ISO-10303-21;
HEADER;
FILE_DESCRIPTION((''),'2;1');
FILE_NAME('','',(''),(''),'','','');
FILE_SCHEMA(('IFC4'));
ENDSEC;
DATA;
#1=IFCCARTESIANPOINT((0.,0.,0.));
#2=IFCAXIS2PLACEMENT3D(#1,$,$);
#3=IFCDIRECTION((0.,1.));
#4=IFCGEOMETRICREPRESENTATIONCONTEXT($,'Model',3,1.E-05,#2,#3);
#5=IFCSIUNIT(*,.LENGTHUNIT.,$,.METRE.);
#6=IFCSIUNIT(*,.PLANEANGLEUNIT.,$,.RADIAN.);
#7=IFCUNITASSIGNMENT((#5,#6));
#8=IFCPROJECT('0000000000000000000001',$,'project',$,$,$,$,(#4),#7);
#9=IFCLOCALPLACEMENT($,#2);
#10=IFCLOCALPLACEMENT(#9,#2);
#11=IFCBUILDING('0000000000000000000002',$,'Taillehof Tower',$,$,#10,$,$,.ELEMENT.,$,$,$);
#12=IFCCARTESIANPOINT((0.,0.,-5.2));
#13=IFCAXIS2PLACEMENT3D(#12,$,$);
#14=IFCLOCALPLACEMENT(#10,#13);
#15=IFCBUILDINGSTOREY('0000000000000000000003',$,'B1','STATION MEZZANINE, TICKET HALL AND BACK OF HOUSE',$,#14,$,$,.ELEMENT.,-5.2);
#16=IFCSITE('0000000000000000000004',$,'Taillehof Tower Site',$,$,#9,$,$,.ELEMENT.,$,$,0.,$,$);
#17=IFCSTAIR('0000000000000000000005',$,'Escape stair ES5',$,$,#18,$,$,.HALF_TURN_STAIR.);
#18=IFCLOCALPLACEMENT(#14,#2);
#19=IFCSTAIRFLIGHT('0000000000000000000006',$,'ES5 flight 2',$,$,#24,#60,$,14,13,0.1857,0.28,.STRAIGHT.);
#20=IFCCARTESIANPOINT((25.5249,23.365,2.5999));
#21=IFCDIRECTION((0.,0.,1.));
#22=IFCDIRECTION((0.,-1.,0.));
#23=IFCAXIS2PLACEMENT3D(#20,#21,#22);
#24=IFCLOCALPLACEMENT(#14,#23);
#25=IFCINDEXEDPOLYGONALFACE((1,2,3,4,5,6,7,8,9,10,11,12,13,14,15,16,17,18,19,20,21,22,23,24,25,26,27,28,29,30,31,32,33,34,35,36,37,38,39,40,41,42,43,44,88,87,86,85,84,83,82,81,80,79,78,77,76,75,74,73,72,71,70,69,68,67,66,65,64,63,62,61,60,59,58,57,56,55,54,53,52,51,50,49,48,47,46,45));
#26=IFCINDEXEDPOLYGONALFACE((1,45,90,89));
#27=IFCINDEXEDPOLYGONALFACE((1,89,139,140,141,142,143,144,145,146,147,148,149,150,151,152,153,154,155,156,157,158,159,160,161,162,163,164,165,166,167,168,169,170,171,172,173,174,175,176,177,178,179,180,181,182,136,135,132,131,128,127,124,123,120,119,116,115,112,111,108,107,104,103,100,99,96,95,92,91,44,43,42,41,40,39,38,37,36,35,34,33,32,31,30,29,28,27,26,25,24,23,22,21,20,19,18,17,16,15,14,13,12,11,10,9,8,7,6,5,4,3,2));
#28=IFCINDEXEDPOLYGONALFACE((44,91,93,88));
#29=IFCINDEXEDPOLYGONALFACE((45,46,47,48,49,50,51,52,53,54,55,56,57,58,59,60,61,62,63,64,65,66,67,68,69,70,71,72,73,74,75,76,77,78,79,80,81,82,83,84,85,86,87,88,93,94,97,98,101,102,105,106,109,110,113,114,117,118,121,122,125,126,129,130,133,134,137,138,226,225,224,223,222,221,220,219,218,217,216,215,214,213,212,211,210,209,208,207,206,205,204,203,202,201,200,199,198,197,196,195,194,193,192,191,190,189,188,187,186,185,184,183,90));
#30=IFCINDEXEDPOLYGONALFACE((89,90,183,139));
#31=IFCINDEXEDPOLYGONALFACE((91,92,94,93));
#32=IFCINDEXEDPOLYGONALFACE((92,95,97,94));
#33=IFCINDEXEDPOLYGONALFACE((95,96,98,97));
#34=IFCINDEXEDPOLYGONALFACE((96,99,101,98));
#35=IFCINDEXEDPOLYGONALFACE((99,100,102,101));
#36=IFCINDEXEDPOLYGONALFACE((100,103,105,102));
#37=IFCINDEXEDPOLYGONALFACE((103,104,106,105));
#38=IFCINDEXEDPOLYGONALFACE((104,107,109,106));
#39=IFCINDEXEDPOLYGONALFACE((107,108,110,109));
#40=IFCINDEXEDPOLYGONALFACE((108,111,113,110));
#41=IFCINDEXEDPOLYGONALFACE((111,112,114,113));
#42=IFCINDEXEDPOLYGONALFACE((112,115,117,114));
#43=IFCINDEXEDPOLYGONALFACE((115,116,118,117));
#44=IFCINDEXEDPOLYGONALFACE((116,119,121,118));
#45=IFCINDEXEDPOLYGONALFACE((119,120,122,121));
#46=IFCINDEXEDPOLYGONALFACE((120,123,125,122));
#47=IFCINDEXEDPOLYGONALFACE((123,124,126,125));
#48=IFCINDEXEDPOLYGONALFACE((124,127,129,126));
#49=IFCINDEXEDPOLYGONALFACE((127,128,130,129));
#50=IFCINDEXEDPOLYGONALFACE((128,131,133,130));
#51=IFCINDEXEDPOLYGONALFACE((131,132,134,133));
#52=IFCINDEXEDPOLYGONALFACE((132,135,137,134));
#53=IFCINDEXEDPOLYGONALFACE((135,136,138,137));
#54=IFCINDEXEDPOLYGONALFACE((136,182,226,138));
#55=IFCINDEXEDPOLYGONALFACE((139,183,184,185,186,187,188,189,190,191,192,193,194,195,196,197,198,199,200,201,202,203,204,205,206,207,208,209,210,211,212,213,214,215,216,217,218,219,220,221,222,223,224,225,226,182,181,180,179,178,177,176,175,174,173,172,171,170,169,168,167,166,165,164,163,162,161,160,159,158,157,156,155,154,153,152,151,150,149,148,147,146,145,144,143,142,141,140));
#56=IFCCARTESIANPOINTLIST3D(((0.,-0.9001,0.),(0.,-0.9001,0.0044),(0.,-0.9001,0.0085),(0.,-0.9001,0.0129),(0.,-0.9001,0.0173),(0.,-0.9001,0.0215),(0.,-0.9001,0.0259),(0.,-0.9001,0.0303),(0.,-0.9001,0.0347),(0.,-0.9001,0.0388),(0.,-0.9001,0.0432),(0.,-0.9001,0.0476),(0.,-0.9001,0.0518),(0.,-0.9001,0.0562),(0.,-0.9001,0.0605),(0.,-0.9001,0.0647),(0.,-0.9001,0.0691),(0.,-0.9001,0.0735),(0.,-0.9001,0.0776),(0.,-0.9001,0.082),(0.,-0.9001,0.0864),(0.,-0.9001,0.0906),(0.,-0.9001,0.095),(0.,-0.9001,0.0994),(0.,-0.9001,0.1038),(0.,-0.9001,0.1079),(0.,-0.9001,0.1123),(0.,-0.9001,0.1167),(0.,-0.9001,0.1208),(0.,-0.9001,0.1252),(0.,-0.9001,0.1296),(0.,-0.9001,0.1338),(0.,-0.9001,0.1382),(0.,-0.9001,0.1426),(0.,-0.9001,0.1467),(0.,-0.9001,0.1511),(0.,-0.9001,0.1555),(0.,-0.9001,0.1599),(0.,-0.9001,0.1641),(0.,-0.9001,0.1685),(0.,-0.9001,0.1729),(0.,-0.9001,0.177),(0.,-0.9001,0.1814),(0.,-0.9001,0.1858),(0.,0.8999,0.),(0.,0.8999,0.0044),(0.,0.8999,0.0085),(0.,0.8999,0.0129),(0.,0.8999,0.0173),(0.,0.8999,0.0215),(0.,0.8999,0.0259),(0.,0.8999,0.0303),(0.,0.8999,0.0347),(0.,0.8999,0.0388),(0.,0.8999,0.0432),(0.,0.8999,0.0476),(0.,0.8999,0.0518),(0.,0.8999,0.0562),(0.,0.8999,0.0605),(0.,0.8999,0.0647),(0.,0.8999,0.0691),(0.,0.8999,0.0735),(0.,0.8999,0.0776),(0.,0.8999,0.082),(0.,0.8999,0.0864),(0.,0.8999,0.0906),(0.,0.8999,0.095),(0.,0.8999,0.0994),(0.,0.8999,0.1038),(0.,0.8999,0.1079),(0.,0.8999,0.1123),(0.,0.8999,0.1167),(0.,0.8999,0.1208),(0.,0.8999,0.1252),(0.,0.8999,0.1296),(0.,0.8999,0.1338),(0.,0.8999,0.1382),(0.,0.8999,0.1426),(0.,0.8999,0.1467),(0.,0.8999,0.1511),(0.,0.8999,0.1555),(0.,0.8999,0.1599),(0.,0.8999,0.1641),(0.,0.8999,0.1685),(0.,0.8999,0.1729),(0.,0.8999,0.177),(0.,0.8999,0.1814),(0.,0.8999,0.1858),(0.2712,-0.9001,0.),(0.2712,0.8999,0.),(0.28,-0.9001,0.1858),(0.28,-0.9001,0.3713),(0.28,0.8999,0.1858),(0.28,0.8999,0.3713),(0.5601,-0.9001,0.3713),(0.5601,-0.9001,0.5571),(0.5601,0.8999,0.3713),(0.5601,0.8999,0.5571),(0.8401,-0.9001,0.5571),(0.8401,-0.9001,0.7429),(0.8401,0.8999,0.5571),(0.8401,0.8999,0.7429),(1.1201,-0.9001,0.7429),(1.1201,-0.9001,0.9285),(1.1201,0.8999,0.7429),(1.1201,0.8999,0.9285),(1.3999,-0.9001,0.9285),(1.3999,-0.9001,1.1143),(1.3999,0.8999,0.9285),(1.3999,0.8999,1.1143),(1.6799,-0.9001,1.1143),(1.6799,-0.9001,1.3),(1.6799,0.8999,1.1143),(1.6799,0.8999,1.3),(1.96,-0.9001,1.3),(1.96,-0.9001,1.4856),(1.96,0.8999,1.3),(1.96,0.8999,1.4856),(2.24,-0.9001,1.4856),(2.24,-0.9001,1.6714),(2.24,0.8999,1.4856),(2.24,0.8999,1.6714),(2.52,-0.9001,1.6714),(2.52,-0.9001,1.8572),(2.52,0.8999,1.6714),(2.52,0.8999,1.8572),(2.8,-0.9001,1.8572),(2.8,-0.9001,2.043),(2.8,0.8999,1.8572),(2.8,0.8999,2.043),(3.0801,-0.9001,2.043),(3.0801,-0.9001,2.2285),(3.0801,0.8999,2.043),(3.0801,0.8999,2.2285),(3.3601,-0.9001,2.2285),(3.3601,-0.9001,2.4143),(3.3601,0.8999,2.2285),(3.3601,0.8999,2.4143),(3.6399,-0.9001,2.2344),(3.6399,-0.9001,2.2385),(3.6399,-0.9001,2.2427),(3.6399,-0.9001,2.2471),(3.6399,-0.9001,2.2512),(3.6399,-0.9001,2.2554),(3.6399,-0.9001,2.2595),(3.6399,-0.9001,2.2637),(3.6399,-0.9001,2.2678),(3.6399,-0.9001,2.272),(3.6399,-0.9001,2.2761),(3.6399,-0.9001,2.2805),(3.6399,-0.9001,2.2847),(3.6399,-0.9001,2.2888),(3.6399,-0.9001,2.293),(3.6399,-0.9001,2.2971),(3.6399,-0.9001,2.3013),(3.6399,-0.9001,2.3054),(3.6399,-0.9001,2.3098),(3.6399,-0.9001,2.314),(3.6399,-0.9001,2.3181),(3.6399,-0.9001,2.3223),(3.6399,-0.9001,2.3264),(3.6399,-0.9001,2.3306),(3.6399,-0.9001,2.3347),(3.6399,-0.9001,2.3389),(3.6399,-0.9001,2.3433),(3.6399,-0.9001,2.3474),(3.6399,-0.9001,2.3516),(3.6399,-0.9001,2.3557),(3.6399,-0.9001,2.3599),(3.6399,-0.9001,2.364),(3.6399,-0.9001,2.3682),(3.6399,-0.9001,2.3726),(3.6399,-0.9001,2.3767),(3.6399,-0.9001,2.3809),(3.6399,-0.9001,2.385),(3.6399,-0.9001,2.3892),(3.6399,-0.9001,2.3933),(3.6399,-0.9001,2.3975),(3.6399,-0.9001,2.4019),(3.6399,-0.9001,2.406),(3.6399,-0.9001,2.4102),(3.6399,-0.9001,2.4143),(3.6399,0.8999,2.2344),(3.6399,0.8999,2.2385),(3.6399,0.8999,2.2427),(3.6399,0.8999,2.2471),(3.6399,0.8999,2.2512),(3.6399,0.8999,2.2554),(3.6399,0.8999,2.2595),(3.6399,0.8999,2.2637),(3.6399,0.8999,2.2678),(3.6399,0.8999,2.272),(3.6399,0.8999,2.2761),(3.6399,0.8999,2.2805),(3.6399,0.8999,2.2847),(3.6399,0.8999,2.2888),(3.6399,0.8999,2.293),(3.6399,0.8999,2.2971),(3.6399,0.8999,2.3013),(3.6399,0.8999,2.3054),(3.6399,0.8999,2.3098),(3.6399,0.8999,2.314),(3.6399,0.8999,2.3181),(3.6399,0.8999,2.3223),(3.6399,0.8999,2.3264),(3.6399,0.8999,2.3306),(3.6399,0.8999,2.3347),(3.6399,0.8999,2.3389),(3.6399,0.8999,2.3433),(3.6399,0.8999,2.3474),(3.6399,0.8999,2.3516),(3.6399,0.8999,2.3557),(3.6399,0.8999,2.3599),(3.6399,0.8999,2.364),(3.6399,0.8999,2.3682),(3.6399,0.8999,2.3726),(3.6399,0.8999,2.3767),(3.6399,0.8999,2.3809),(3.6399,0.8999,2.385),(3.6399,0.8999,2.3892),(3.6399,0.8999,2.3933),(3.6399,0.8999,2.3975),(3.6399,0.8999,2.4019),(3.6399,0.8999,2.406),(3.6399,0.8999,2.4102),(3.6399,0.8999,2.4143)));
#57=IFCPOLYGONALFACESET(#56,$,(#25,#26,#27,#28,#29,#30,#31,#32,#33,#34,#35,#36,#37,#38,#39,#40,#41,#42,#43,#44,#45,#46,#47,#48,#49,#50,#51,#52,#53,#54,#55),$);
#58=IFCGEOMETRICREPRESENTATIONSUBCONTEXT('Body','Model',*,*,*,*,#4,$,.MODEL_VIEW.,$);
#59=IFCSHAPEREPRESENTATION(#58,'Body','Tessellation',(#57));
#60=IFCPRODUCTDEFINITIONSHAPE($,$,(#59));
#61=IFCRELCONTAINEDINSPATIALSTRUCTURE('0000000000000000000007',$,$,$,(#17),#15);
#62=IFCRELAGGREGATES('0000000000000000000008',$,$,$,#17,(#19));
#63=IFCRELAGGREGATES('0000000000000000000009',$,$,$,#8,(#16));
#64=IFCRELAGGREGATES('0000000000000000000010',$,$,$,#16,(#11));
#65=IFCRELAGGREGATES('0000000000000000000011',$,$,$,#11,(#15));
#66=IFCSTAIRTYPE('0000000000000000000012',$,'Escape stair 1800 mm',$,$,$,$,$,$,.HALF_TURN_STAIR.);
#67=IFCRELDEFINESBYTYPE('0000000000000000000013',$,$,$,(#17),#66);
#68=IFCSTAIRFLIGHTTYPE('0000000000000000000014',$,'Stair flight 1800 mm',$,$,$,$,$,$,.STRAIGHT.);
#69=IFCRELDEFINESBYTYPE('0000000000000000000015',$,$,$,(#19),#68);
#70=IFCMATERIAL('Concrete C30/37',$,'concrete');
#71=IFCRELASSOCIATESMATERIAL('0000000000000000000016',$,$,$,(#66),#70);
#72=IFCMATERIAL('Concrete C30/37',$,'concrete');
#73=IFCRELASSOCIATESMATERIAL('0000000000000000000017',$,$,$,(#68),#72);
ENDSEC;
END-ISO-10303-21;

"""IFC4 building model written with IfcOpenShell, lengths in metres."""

from ifc_helpers import new_model, si_unit, direction, frame, origin, place, context, subcontext, project, spatial, polyline, outline, extrude, material, type_object, element, aggregate, save


model = new_model("IFC4")

# Units and contexts
model_context = context("Model", 3, precision=1e-05, world=origin(), true_north=direction((0.0, 1.0)))
body_context = subcontext(model_context, "Body", "Model", "MODEL_VIEW")
ifc_project = project(units=[si_unit("LENGTHUNIT", "METRE"), si_unit("PLANEANGLEUNIT", "RADIAN")], contexts=[model_context])

# Site, building, storey
site_placement = place(None, origin())
site = spatial("IfcSite", under=ifc_project, at=site_placement, Name="Taillehof Tower Site", CompositionType="ELEMENT", RefElevation=0.0)
building_placement = place(site_placement, origin())
building = spatial("IfcBuilding", under=site, at=building_placement, Name="Taillehof Tower", CompositionType="ELEMENT")
storey_placement = place(building_placement, frame((0.0, 0.0, -5.2)))
storey = spatial("IfcBuildingStorey", under=building, at=storey_placement, Name="B1", Description="STATION MEZZANINE, TICKET HALL AND BACK OF HOUSE", CompositionType="ELEMENT", Elevation=-5.2)

# Stair, stair flight
ifc_material_1 = material(Name="Concrete C30/37", Category="concrete")
stair_type = type_object("IfcStairType", Name="Escape stair 1800 mm", PredefinedType="HALF_TURN_STAIR", material=ifc_material_1)
stair_placement = place(storey_placement, origin())
stair = element("IfcStair", 1, at=stair_placement, inside=storey, type_object=stair_type, Name="Escape stair ES5", PredefinedType="HALF_TURN_STAIR")
ifc_material_2 = material(Name="Concrete C30/37", Category="concrete")
stair_flight_type = type_object("IfcStairFlightType", Name="Stair flight 1800 mm", PredefinedType="STRAIGHT", material=ifc_material_2)
stair_flight_1_placement = place(storey_placement, frame((25.5249, 23.365, 2.5999), z_axis=(0.0, 0.0, 1.0), x_axis=(0.0, -1.0, 0.0)))
stair_flight_1 = element("IfcStairFlight", 2, at=stair_flight_1_placement, type_object=stair_flight_type, Name="ES5 flight 2", NumberOfRisers=14, NumberOfTreads=13, PredefinedType="STRAIGHT", RiserHeight=0.1857, TreadLength=0.28, context=body_context, shape_type="SweptSolid", body=[
    extrude(outline(polyline([(0.0, 0.0), (0.0, 0.0044), (0.0, 0.0085), (0.0, 0.0129), (0.0, 0.0173), (0.0, 0.0215), (0.0, 0.0259), (0.0, 0.0303), (0.0, 0.0347), (0.0, 0.0388), (0.0, 0.0432), (0.0, 0.0476), (0.0, 0.0518), (0.0, 0.0562), (0.0, 0.0605), (0.0, 0.0647), (0.0, 0.0691), (0.0, 0.0735), (0.0, 0.0776), (0.0, 0.082), (0.0, 0.0864), (0.0, 0.0906), (0.0, 0.095), (0.0, 0.0994), (0.0, 0.1038), (0.0, 0.1079), (0.0, 0.1123), (0.0, 0.1167), (0.0, 0.1208), (0.0, 0.1252), (0.0, 0.1296), (0.0, 0.1338), (0.0, 0.1382), (0.0, 0.1426), (0.0, 0.1467), (0.0, 0.1511), (0.0, 0.1555), (0.0, 0.1599), (0.0, 0.1641), (0.0, 0.1685), (0.0, 0.1729), (0.0, 0.177), (0.0, 0.1814), (0.0, 0.1858), (0.28, 0.1858), (0.28, 0.3713), (0.5601, 0.3713), (0.5601, 0.5571), (0.8401, 0.5571), (0.8401, 0.7429), (1.1201, 0.7429), (1.1201, 0.9285), (1.3999, 0.9285), (1.3999, 1.1143), (1.6799, 1.1143), (1.6799, 1.3), (1.96, 1.3), (1.96, 1.4856), (2.24, 1.4856), (2.24, 1.6714), (2.52, 1.6714), (2.52, 1.8572), (2.8, 1.8572), (2.8, 2.043), (3.0801, 2.043), (3.0801, 2.2285), (3.3601, 2.2285), (3.3601, 2.4143), (3.6399, 2.4143), (3.6399, 2.4102), (3.6399, 2.406), (3.6399, 2.4019), (3.6399, 2.3975), (3.6399, 2.3933), (3.6399, 2.3892), (3.6399, 2.385), (3.6399, 2.3809), (3.6399, 2.3767), (3.6399, 2.3726), (3.6399, 2.3682), (3.6399, 2.364), (3.6399, 2.3599), (3.6399, 2.3557), (3.6399, 2.3516), (3.6399, 2.3474), (3.6399, 2.3433), (3.6399, 2.3389), (3.6399, 2.3347), (3.6399, 2.3306), (3.6399, 2.3264), (3.6399, 2.3223), (3.6399, 2.3181), (3.6399, 2.314), (3.6399, 2.3098), (3.6399, 2.3054), (3.6399, 2.3013), (3.6399, 2.2971), (3.6399, 2.293), (3.6399, 2.2888), (3.6399, 2.2847), (3.6399, 2.2805), (3.6399, 2.2761), (3.6399, 2.272), (3.6399, 2.2678), (3.6399, 2.2637), (3.6399, 2.2595), (3.6399, 2.2554), (3.6399, 2.2512), (3.6399, 2.2471), (3.6399, 2.2427), (3.6399, 2.2385), (3.6399, 2.2344), (0.2712, 0.0), (0.0, 0.0)])), frame((0.0, 0.8999, 0.0), z_axis=(0.0, -1.0, 0.0), x_axis=(1.0, 0.0, 0.0)), (0.0, 0.0, 1.0), 1.8),
])
aggregate(stair, [stair_flight_1])

save(model, "model.ifc")
